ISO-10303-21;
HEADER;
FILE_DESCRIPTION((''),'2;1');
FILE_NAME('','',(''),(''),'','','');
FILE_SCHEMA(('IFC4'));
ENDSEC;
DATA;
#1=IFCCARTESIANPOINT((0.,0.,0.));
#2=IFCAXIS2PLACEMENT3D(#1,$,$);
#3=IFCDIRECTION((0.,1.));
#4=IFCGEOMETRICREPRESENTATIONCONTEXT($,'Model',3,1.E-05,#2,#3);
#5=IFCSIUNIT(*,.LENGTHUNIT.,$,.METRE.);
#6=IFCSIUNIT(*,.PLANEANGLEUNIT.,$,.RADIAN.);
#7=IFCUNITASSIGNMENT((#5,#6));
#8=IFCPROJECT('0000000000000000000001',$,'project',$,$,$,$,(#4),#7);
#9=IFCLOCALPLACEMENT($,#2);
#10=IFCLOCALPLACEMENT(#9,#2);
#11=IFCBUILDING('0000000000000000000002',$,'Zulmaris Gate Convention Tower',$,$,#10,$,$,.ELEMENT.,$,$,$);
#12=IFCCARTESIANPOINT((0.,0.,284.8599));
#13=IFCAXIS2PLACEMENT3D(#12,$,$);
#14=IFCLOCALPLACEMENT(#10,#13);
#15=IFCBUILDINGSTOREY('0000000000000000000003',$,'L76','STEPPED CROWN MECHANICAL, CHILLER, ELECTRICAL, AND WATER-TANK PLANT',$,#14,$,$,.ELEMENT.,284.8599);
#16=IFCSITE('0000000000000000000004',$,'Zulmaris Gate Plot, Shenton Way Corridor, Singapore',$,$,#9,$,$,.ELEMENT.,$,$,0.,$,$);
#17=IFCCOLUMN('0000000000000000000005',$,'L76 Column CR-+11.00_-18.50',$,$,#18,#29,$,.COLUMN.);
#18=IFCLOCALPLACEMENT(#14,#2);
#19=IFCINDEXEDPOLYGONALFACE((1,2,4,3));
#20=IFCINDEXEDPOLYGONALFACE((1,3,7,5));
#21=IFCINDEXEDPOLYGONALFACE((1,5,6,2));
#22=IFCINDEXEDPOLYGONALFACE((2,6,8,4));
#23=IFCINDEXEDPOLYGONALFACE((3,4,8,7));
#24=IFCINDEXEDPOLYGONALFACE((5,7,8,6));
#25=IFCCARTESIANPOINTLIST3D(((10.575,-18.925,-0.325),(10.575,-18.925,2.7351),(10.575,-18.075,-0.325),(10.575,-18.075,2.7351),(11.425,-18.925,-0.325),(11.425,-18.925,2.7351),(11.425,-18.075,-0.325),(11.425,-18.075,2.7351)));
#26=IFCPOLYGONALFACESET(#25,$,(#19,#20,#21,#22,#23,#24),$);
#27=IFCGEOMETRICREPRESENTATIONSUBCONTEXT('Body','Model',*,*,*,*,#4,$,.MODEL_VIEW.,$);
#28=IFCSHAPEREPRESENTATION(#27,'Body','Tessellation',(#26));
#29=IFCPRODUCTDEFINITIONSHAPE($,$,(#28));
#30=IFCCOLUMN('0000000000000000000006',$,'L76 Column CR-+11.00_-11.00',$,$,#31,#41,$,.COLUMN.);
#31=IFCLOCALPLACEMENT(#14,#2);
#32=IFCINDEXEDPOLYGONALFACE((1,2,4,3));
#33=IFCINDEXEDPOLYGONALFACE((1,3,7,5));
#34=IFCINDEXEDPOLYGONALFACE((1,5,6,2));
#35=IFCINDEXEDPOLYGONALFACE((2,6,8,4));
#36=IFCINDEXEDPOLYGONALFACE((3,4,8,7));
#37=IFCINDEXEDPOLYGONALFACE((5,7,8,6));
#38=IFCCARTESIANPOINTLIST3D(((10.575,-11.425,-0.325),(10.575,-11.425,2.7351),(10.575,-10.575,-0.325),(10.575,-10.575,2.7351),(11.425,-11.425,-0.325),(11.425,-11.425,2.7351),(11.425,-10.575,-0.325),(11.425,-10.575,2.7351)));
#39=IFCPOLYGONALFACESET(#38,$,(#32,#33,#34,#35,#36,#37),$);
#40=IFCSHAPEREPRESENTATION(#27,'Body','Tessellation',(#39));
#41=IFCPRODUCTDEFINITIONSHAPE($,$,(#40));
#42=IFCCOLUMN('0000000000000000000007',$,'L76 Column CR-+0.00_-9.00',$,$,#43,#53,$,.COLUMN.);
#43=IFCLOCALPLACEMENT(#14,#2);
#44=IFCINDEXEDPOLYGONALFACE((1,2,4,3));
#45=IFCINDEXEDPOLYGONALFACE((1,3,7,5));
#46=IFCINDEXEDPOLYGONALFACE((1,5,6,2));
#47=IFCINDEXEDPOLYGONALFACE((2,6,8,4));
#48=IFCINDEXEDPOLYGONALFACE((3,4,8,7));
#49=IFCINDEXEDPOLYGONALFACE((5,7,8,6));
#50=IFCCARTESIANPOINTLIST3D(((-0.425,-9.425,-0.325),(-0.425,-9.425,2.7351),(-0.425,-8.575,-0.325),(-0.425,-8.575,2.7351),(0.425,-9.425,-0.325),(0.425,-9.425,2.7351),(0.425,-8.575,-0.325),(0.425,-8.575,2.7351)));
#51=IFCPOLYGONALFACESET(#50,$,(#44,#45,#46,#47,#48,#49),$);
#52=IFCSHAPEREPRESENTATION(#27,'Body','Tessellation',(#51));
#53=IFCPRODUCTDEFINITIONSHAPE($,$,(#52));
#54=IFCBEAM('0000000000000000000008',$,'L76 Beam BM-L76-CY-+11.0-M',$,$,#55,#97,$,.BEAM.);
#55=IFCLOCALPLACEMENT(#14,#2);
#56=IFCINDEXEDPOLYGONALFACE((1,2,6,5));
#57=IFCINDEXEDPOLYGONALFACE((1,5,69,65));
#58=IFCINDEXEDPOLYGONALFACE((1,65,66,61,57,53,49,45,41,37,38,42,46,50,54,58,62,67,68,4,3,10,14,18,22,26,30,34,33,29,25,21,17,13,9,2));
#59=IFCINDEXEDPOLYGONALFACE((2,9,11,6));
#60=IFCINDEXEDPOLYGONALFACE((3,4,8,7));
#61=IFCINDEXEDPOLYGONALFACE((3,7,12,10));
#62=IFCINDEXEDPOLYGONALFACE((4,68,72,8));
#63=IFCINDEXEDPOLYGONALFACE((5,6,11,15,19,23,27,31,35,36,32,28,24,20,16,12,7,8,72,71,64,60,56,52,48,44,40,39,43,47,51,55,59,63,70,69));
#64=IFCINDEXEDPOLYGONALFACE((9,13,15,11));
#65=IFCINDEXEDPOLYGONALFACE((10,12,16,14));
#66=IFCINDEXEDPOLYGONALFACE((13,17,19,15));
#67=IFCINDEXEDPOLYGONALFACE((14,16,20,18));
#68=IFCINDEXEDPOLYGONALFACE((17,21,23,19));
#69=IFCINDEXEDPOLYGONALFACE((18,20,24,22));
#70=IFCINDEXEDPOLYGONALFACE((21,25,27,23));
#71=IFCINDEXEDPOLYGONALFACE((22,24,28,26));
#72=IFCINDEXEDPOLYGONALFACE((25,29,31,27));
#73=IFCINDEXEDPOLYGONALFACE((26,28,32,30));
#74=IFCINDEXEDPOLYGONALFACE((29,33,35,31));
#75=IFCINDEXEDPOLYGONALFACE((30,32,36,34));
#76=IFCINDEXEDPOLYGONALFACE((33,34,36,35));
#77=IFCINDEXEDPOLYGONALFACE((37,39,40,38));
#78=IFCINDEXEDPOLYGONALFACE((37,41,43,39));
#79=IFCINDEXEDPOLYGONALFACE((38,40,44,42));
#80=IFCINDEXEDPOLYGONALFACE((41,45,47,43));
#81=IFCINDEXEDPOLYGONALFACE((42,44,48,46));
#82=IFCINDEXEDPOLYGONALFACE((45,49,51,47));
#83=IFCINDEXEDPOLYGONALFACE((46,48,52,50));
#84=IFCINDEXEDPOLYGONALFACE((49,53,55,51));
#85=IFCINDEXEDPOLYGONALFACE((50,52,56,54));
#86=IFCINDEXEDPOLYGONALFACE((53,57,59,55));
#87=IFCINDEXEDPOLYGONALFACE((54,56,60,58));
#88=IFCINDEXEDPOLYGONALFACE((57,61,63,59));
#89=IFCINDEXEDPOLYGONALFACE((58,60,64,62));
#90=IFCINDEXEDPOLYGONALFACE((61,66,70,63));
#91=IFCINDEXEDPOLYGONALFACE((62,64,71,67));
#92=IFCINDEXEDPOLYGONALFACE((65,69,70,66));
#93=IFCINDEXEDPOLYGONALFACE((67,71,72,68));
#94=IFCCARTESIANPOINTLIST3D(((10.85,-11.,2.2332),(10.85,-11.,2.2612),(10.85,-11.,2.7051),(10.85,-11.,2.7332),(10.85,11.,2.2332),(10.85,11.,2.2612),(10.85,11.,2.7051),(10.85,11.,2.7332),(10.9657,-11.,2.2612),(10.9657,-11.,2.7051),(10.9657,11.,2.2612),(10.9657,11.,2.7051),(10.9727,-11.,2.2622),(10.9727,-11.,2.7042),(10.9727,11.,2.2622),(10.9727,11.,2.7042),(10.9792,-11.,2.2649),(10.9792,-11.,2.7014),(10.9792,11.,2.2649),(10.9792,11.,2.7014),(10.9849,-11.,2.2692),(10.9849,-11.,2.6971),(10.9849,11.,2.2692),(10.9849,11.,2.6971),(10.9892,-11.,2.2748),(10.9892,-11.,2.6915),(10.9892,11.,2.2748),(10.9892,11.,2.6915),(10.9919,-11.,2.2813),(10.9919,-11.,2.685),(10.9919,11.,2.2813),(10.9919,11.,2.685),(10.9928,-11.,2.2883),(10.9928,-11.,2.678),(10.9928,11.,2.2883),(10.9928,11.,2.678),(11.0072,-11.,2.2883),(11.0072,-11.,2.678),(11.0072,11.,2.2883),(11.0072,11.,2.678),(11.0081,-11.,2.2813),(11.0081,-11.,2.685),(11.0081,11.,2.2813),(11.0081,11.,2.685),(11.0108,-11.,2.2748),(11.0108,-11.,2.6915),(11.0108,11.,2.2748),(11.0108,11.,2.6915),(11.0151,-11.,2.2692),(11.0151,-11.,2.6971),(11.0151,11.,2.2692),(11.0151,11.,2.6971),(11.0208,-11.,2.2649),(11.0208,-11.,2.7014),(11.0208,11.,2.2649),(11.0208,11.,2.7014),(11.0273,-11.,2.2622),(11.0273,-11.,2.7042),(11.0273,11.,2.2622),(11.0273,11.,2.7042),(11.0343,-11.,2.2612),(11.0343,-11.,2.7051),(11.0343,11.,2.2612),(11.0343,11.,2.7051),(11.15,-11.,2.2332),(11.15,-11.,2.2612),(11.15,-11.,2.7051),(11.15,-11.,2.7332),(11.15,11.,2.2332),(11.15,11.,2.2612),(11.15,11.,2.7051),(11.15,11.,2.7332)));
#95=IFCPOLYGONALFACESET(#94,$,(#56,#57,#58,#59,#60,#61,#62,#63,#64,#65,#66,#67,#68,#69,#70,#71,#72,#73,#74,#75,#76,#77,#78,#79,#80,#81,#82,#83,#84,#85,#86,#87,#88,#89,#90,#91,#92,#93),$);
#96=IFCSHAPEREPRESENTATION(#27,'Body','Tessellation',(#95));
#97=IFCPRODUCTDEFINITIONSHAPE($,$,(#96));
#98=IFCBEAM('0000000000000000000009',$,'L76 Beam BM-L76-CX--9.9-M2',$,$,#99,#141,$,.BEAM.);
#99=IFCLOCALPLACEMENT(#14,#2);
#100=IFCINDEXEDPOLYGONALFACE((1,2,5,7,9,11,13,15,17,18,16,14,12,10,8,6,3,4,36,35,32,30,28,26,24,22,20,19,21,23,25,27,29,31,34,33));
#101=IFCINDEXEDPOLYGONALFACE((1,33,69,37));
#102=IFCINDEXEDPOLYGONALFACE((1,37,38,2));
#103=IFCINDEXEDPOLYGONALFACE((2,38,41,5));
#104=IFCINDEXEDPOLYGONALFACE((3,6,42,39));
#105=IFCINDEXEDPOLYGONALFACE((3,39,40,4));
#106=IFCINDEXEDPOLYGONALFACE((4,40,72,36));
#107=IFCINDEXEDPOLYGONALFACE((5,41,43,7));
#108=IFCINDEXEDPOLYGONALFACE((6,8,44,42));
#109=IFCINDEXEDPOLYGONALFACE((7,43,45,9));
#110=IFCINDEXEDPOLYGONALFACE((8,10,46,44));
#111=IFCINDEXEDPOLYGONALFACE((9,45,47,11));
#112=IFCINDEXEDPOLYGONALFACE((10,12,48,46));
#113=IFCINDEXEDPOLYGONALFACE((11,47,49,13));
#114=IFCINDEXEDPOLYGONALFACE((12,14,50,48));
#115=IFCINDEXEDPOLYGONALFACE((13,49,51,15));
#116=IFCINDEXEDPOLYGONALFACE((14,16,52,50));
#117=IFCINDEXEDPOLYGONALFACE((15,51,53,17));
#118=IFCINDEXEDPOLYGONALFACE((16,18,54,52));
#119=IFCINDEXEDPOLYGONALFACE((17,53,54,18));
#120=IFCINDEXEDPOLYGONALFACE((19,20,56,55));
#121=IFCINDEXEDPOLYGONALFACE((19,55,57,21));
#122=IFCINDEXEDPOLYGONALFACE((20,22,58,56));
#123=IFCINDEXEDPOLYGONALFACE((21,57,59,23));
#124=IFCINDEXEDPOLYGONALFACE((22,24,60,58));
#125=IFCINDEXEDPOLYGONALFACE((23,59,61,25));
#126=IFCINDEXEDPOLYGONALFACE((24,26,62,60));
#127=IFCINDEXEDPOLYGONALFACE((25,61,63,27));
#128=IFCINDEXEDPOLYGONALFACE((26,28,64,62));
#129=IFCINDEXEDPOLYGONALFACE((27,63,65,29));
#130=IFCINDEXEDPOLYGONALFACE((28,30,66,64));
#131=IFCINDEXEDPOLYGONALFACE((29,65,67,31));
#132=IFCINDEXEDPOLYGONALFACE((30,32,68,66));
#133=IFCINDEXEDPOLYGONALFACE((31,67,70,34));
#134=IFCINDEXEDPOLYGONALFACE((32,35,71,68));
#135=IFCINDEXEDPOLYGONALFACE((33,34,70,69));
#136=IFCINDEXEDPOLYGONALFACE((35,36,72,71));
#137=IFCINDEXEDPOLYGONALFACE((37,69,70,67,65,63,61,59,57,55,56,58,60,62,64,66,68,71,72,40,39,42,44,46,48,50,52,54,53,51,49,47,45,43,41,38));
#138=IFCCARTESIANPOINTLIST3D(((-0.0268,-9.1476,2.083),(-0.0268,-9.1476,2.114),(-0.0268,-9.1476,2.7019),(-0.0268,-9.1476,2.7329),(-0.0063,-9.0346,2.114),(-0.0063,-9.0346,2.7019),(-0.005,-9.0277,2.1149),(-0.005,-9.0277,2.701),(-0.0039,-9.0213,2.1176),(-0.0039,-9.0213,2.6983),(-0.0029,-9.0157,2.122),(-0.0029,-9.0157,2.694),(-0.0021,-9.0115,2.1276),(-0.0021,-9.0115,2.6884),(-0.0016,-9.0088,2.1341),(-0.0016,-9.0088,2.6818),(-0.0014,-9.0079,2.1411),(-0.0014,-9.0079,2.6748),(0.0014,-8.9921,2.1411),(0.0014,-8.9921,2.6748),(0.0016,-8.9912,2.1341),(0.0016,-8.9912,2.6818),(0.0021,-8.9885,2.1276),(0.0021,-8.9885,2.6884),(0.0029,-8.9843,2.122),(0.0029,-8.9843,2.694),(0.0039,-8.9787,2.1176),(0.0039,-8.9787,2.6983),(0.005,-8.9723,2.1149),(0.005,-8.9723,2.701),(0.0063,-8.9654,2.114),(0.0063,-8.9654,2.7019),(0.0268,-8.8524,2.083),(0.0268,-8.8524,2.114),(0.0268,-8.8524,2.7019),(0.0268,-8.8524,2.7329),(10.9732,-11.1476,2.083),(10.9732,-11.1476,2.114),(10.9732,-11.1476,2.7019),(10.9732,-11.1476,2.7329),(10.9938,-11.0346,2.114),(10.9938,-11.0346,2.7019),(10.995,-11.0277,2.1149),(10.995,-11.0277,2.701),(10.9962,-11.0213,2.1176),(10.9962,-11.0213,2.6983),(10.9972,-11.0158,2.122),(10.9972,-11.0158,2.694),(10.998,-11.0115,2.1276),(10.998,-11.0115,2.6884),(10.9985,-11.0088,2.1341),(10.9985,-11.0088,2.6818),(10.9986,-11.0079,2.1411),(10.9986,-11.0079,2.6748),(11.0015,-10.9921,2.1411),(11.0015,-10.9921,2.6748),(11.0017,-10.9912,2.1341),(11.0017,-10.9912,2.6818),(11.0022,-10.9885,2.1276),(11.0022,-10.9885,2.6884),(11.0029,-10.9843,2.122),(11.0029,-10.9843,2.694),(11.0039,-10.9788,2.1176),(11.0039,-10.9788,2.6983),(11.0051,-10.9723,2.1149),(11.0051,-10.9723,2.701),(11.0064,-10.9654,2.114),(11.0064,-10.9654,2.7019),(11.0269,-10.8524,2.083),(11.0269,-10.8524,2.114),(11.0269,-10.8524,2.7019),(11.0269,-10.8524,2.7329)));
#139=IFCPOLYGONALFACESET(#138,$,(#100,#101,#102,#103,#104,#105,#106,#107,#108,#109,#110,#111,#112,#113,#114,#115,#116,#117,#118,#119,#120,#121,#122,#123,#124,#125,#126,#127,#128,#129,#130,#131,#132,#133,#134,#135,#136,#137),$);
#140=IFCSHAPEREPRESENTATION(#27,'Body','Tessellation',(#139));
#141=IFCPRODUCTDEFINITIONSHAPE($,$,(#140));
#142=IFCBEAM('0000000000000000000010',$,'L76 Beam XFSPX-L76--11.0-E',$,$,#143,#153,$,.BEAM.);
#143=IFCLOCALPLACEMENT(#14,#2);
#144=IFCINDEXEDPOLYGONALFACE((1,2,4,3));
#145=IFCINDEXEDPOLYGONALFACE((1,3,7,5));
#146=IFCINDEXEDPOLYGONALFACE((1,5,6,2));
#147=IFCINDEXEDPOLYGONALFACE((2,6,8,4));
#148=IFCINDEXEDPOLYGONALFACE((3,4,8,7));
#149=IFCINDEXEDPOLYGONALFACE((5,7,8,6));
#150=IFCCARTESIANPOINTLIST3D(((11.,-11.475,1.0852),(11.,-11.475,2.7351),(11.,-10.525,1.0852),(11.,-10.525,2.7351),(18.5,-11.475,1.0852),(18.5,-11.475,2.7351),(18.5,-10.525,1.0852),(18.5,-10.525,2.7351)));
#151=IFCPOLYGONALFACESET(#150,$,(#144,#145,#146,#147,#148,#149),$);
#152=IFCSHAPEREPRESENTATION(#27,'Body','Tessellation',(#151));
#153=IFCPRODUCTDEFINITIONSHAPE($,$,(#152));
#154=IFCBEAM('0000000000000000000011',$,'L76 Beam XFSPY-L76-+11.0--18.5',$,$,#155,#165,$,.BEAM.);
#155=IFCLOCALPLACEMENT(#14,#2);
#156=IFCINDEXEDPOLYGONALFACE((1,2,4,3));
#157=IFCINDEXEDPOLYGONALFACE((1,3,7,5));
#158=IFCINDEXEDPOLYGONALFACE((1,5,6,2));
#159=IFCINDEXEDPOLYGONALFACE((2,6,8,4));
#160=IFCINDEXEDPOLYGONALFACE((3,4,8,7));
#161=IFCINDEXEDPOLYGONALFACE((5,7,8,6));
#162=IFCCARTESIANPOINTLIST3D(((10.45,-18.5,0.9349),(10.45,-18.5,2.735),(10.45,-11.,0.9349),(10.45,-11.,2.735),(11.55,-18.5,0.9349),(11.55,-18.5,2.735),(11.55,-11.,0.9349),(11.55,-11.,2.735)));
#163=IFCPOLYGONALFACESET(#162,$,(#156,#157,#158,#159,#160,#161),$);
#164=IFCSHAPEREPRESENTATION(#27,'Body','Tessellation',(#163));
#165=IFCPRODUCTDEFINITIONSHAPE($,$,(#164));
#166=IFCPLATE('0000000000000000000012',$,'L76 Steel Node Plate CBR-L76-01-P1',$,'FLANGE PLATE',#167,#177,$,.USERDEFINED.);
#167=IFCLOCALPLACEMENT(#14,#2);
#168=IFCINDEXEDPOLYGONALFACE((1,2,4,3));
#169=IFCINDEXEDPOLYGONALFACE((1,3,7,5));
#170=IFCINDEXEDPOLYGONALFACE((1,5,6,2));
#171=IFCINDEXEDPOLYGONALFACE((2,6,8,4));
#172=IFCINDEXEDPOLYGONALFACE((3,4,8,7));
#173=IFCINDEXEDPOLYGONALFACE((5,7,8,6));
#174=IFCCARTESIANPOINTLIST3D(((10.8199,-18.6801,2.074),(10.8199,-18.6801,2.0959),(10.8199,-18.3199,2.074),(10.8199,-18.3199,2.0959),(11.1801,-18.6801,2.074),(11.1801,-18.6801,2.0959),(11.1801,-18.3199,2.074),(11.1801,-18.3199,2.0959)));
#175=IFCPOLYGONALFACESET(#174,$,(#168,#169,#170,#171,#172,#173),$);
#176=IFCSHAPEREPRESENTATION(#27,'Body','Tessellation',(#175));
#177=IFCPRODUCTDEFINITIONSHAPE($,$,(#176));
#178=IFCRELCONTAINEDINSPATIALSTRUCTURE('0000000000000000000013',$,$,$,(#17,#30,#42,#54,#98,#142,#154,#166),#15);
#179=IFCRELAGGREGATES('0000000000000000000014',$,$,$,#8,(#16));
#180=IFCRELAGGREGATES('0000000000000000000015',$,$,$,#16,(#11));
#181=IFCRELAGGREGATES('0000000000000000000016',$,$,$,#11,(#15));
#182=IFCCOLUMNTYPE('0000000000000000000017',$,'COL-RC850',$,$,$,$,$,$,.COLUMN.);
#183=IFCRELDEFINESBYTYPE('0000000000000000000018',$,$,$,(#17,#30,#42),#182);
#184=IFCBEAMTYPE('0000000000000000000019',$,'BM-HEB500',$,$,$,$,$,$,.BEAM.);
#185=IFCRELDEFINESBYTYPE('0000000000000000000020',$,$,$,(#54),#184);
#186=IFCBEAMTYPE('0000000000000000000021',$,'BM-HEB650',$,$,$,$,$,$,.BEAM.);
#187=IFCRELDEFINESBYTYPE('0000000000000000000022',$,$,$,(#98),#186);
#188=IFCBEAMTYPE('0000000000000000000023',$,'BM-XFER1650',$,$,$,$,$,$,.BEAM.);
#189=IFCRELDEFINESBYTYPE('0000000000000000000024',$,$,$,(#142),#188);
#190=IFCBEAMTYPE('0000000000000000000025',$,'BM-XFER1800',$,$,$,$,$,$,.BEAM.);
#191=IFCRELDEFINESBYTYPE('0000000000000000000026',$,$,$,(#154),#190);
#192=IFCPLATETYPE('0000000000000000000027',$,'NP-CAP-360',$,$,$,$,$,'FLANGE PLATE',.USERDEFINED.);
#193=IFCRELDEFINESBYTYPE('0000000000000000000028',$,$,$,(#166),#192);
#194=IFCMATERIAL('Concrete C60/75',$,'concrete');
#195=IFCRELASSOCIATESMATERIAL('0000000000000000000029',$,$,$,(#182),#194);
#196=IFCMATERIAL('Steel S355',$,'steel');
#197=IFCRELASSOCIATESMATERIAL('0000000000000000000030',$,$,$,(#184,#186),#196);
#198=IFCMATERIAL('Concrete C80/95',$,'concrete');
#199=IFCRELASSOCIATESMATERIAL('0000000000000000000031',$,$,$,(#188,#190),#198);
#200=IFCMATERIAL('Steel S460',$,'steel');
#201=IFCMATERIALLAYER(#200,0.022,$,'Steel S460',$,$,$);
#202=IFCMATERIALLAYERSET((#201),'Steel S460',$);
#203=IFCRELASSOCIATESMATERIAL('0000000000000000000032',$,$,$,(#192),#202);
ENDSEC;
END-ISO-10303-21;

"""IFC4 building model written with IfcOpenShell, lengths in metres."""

from ifc_helpers import new_model, si_unit, direction, frame, origin, origin_2d, place, context, subcontext, project, spatial, rectangle, i_section, extrude, material, layer, layer_set, material_profile, profile_set, type_object, element, save


model = new_model("IFC4")

# Units and contexts
model_context = context("Model", 3, precision=1e-05, world=origin(), true_north=direction((0.0, 1.0)))
body_context = subcontext(model_context, "Body", "Model", "MODEL_VIEW")
ifc_project = project(units=[si_unit("LENGTHUNIT", "METRE"), si_unit("PLANEANGLEUNIT", "RADIAN")], contexts=[model_context])

# Site, building, storey
site_placement = place(None, origin())
site = spatial("IfcSite", under=ifc_project, at=site_placement, Name="Zulmaris Gate Plot, Shenton Way Corridor, Singapore", CompositionType="ELEMENT", RefElevation=0.0)
building_placement = place(site_placement, origin())
building = spatial("IfcBuilding", under=site, at=building_placement, Name="Zulmaris Gate Convention Tower", CompositionType="ELEMENT")
storey_placement = place(building_placement, frame((0.0, 0.0, 284.8599)))
storey = spatial("IfcBuildingStorey", under=building, at=storey_placement, Name="L76", Description="STEPPED CROWN MECHANICAL, CHILLER, ELECTRICAL, AND WATER-TANK PLANT", CompositionType="ELEMENT", Elevation=284.8599)

# Columns
ifc_material_1 = material(Name="Concrete C60/75", Category="concrete")
ifc_material_profile_1 = material_profile(ifc_material_1, rectangle(XDim=0.8501, YDim=0.8501, at=origin_2d()), Name="RC COL 850x850")
ifc_profile_set_1 = profile_set([ifc_material_profile_1], Name="Concrete C60/75")
column_type = type_object("IfcColumnType", Name="COL-RC850", PredefinedType="COLUMN", material=ifc_profile_set_1)
for number, where, z_axis, x_axis, name in (
    (1, (11.0, -18.5, -0.325), (0.0, 0.0, 1.0), (1.0, 0.0, 0.0), "L76 Column CR-+11.00_-18.50"),
    (2, (11.0, -11.0, -0.325), (0.0, 0.0, 1.0), (1.0, 0.0, 0.0), "L76 Column CR-+11.00_-11.00"),
    (3, (0.0, -9.0, -0.325), (0.0, 0.0, 1.0), (1.0, 0.0, 0.0), "L76 Column CR-+0.00_-9.00"),
):
    element("IfcColumn", number, at=place(storey_placement, frame(where, z_axis=z_axis, x_axis=x_axis)), inside=storey, type_object=column_type, Name=name, PredefinedType="COLUMN", context=body_context, shape_type="SweptSolid", body=[
        extrude(rectangle(XDim=0.8501, YDim=0.8501, at=origin_2d()), origin(), (0.0, 0.0, 1.0), 3.0601),
    ])

# Beams
ifc_material_2 = material(Name="Steel S355", Category="steel")
ifc_material_profile_2 = material_profile(ifc_material_2, i_section(OverallWidth=0.3, OverallDepth=0.5, WebThickness=0.0144, FlangeThickness=0.0281, FilletRadius=0.0271, at=origin_2d()), Name="HEB 500")
ifc_profile_set_2 = profile_set([ifc_material_profile_2], Name="Steel S355")
beam_type_1 = type_object("IfcBeamType", Name="BM-HEB500", PredefinedType="BEAM", material=ifc_profile_set_2)
beam_1_placement = place(storey_placement, frame((11.0, -11.0, 2.4832), z_axis=(0.0, 1.0, 0.0), x_axis=(-1.0, 0.0, 0.0)))
element("IfcBeam", 4, at=beam_1_placement, inside=storey, type_object=beam_type_1, Name="L76 Beam BM-L76-CY-+11.0-M", PredefinedType="BEAM", context=body_context, shape_type="SweptSolid", body=[
    extrude(i_section(OverallWidth=0.3, OverallDepth=0.5, WebThickness=0.0144, FlangeThickness=0.0281, FilletRadius=0.0271, at=origin_2d()), origin(), (0.0, 0.0, 1.0), 22.0),
])
ifc_material_profile_3 = material_profile(ifc_material_2, i_section(OverallWidth=0.3, OverallDepth=0.6499, WebThickness=0.0161, FlangeThickness=0.031, FilletRadius=0.0271, at=origin_2d()), Name="HEB 650")
ifc_profile_set_3 = profile_set([ifc_material_profile_3], Name="Steel S355")
beam_type_2 = type_object("IfcBeamType", Name="BM-HEB650", PredefinedType="BEAM", material=ifc_profile_set_3)
beam_2_placement = place(storey_placement, frame((0.0, -9.0, 2.408), z_axis=(0.98387, -0.178885, 0.0), x_axis=(0.178885, 0.98387, 0.0)))
element("IfcBeam", 5, at=beam_2_placement, inside=storey, type_object=beam_type_2, Name="L76 Beam BM-L76-CX--9.9-M2", PredefinedType="BEAM", context=body_context, shape_type="SweptSolid", body=[
    extrude(i_section(OverallWidth=0.3, OverallDepth=0.6499, WebThickness=0.0161, FlangeThickness=0.031, FilletRadius=0.0271, at=origin_2d()), origin(), (0.0, 0.0, 1.0), 11.1804),
])
ifc_material_3 = material(Name="Concrete C80/95", Category="concrete")
ifc_material_profile_4 = material_profile(ifc_material_3, rectangle(XDim=0.95, YDim=1.6499, at=origin_2d()), Name="RC TRANSFER 950x1650")
ifc_profile_set_4 = profile_set([ifc_material_profile_4], Name="Concrete C80/95")
beam_type_3 = type_object("IfcBeamType", Name="BM-XFER1650", PredefinedType="BEAM", material=ifc_profile_set_4)
beam_3_placement = place(storey_placement, frame((11.0, -11.0, 1.9102), z_axis=(1.0, 0.0, 0.0), x_axis=(0.0, 1.0, 0.0)))
element("IfcBeam", 6, at=beam_3_placement, inside=storey, type_object=beam_type_3, Name="L76 Beam XFSPX-L76--11.0-E", PredefinedType="BEAM", context=body_context, shape_type="SweptSolid", body=[
    extrude(rectangle(XDim=0.95, YDim=1.6499, at=origin_2d()), origin(), (0.0, 0.0, 1.0), 7.5),
])
ifc_material_profile_5 = material_profile(ifc_material_3, rectangle(XDim=1.1001, YDim=1.8, at=origin_2d()), Name="RC TRANSFER 1100x1800")
ifc_profile_set_5 = profile_set([ifc_material_profile_5], Name="Concrete C80/95")
beam_type_4 = type_object("IfcBeamType", Name="BM-XFER1800", PredefinedType="BEAM", material=ifc_profile_set_5)
beam_4_placement = place(storey_placement, frame((11.0, -18.5, 1.835), z_axis=(0.0, 1.0, 0.0), x_axis=(-1.0, 0.0, 0.0)))
element("IfcBeam", 7, at=beam_4_placement, inside=storey, type_object=beam_type_4, Name="L76 Beam XFSPY-L76-+11.0--18.5", PredefinedType="BEAM", context=body_context, shape_type="SweptSolid", body=[
    extrude(rectangle(XDim=1.1001, YDim=1.8, at=origin_2d()), origin(), (0.0, 0.0, 1.0), 7.5),
])

# Plate
ifc_material_4 = material(Name="Steel S460", Category="steel")
ifc_layer_1 = layer(ifc_material_4, 0.022, Name="Steel S460")
ifc_layer_set_1 = layer_set([ifc_layer_1], Name="Steel S460")
plate_type = type_object("IfcPlateType", Name="NP-CAP-360", ElementType="FLANGE PLATE", PredefinedType="USERDEFINED", material=ifc_layer_set_1)
plate_placement = place(storey_placement, frame((11.0, -18.5, 2.074), z_axis=(0.0, 0.0, 1.0), x_axis=(1.0, 0.0, 0.0)))
element("IfcPlate", 8, at=plate_placement, inside=storey, type_object=plate_type, Name="L76 Steel Node Plate CBR-L76-01-P1", ObjectType="FLANGE PLATE", PredefinedType="USERDEFINED", context=body_context, shape_type="SweptSolid", body=[
    extrude(rectangle(XDim=0.3601, YDim=0.3601, at=origin_2d()), origin(), (0.0, 0.0, 1.0), 0.022),
])

save(model, "model.ifc")
